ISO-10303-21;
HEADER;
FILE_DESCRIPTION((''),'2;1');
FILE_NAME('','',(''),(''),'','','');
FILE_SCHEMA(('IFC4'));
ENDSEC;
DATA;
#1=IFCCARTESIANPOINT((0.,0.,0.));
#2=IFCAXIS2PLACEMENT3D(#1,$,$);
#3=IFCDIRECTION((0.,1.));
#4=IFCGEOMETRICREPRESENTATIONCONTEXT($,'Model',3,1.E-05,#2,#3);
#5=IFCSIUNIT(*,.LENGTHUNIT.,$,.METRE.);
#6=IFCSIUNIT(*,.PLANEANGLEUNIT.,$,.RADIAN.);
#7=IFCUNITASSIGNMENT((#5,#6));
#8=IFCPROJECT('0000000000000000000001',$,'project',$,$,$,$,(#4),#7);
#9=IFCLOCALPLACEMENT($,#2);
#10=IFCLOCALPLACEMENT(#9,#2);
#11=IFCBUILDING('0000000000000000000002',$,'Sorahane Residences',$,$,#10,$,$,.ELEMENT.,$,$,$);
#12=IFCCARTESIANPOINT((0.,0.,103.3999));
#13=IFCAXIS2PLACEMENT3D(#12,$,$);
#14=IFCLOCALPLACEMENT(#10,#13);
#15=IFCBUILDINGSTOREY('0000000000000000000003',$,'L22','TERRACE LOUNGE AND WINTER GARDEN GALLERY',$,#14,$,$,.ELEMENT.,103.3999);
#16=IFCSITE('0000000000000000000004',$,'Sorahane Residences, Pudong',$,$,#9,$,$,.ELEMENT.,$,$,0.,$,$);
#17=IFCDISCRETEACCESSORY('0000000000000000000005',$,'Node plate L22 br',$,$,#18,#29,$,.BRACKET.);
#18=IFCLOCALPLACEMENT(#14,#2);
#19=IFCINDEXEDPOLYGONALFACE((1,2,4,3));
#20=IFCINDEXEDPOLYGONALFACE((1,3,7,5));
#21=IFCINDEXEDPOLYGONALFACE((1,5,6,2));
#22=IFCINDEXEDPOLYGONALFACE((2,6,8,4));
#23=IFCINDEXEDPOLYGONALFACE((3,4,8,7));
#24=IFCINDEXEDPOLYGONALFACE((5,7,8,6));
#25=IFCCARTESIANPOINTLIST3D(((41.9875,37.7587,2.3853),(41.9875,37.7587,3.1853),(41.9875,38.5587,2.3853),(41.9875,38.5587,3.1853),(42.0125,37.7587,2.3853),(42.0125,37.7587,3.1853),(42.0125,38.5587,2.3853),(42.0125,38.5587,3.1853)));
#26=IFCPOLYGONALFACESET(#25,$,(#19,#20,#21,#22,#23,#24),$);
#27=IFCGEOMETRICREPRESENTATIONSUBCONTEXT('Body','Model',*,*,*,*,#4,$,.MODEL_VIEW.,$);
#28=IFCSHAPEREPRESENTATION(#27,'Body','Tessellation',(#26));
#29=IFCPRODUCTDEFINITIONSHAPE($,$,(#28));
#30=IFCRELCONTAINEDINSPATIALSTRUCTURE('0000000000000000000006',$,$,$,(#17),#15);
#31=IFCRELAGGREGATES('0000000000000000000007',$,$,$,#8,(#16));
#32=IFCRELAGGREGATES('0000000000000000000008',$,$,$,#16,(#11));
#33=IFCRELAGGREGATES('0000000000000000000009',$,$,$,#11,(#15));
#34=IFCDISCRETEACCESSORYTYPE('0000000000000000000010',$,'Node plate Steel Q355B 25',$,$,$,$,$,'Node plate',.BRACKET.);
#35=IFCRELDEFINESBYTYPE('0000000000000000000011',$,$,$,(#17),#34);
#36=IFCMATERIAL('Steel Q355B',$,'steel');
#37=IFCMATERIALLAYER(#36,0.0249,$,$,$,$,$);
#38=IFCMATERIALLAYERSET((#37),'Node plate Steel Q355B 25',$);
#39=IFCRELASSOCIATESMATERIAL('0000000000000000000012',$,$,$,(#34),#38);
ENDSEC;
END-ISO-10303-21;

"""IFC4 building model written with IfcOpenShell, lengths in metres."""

from ifc_helpers import new_model, si_unit, direction, frame, origin, origin_2d, place, context, subcontext, project, spatial, rectangle, extrude, material, layer, layer_set, type_object, element, save


model = new_model("IFC4")

# Units and contexts
model_context = context("Model", 3, precision=1e-05, world=origin(), true_north=direction((0.0, 1.0)))
body_context = subcontext(model_context, "Body", "Model", "MODEL_VIEW")
ifc_project = project(units=[si_unit("LENGTHUNIT", "METRE"), si_unit("PLANEANGLEUNIT", "RADIAN")], contexts=[model_context])

# Site, building, storey
site_placement = place(None, origin())
site = spatial("IfcSite", under=ifc_project, at=site_placement, Name="Sorahane Residences, Pudong", CompositionType="ELEMENT", RefElevation=0.0)
building_placement = place(site_placement, origin())
building = spatial("IfcBuilding", under=site, at=building_placement, Name="Sorahane Residences", CompositionType="ELEMENT")
storey_placement = place(building_placement, frame((0.0, 0.0, 103.3999)))
storey = spatial("IfcBuildingStorey", under=building, at=storey_placement, Name="L22", Description="TERRACE LOUNGE AND WINTER GARDEN GALLERY", CompositionType="ELEMENT", Elevation=103.3999)

# Discrete accessory
ifc_material_1 = material(Name="Steel Q355B", Category="steel")
ifc_layer_1 = layer(ifc_material_1, 0.0249)
ifc_layer_set_1 = layer_set([ifc_layer_1], Name="Node plate Steel Q355B 25")
discrete_accessory_type = type_object("IfcDiscreteAccessoryType", Name="Node plate Steel Q355B 25", ElementType="Node plate", PredefinedType="BRACKET", material=ifc_layer_set_1)
for number, where, z_axis, x_axis, name in (
    (1, (42.0, 38.1587, 2.3853), (0.0, 0.0, 1.0), (0.0, 1.0, 0.0), "Node plate L22 br"),
):
    element("IfcDiscreteAccessory", number, at=place(storey_placement, frame(where, z_axis=z_axis, x_axis=x_axis)), inside=storey, type_object=discrete_accessory_type, Name=name, PredefinedType="BRACKET", context=body_context, shape_type="SweptSolid", body=[
        extrude(rectangle(XDim=0.8, YDim=0.0249, at=origin_2d()), origin(), (0.0, 0.0, 1.0), 0.8),
    ])

save(model, "model.ifc")
